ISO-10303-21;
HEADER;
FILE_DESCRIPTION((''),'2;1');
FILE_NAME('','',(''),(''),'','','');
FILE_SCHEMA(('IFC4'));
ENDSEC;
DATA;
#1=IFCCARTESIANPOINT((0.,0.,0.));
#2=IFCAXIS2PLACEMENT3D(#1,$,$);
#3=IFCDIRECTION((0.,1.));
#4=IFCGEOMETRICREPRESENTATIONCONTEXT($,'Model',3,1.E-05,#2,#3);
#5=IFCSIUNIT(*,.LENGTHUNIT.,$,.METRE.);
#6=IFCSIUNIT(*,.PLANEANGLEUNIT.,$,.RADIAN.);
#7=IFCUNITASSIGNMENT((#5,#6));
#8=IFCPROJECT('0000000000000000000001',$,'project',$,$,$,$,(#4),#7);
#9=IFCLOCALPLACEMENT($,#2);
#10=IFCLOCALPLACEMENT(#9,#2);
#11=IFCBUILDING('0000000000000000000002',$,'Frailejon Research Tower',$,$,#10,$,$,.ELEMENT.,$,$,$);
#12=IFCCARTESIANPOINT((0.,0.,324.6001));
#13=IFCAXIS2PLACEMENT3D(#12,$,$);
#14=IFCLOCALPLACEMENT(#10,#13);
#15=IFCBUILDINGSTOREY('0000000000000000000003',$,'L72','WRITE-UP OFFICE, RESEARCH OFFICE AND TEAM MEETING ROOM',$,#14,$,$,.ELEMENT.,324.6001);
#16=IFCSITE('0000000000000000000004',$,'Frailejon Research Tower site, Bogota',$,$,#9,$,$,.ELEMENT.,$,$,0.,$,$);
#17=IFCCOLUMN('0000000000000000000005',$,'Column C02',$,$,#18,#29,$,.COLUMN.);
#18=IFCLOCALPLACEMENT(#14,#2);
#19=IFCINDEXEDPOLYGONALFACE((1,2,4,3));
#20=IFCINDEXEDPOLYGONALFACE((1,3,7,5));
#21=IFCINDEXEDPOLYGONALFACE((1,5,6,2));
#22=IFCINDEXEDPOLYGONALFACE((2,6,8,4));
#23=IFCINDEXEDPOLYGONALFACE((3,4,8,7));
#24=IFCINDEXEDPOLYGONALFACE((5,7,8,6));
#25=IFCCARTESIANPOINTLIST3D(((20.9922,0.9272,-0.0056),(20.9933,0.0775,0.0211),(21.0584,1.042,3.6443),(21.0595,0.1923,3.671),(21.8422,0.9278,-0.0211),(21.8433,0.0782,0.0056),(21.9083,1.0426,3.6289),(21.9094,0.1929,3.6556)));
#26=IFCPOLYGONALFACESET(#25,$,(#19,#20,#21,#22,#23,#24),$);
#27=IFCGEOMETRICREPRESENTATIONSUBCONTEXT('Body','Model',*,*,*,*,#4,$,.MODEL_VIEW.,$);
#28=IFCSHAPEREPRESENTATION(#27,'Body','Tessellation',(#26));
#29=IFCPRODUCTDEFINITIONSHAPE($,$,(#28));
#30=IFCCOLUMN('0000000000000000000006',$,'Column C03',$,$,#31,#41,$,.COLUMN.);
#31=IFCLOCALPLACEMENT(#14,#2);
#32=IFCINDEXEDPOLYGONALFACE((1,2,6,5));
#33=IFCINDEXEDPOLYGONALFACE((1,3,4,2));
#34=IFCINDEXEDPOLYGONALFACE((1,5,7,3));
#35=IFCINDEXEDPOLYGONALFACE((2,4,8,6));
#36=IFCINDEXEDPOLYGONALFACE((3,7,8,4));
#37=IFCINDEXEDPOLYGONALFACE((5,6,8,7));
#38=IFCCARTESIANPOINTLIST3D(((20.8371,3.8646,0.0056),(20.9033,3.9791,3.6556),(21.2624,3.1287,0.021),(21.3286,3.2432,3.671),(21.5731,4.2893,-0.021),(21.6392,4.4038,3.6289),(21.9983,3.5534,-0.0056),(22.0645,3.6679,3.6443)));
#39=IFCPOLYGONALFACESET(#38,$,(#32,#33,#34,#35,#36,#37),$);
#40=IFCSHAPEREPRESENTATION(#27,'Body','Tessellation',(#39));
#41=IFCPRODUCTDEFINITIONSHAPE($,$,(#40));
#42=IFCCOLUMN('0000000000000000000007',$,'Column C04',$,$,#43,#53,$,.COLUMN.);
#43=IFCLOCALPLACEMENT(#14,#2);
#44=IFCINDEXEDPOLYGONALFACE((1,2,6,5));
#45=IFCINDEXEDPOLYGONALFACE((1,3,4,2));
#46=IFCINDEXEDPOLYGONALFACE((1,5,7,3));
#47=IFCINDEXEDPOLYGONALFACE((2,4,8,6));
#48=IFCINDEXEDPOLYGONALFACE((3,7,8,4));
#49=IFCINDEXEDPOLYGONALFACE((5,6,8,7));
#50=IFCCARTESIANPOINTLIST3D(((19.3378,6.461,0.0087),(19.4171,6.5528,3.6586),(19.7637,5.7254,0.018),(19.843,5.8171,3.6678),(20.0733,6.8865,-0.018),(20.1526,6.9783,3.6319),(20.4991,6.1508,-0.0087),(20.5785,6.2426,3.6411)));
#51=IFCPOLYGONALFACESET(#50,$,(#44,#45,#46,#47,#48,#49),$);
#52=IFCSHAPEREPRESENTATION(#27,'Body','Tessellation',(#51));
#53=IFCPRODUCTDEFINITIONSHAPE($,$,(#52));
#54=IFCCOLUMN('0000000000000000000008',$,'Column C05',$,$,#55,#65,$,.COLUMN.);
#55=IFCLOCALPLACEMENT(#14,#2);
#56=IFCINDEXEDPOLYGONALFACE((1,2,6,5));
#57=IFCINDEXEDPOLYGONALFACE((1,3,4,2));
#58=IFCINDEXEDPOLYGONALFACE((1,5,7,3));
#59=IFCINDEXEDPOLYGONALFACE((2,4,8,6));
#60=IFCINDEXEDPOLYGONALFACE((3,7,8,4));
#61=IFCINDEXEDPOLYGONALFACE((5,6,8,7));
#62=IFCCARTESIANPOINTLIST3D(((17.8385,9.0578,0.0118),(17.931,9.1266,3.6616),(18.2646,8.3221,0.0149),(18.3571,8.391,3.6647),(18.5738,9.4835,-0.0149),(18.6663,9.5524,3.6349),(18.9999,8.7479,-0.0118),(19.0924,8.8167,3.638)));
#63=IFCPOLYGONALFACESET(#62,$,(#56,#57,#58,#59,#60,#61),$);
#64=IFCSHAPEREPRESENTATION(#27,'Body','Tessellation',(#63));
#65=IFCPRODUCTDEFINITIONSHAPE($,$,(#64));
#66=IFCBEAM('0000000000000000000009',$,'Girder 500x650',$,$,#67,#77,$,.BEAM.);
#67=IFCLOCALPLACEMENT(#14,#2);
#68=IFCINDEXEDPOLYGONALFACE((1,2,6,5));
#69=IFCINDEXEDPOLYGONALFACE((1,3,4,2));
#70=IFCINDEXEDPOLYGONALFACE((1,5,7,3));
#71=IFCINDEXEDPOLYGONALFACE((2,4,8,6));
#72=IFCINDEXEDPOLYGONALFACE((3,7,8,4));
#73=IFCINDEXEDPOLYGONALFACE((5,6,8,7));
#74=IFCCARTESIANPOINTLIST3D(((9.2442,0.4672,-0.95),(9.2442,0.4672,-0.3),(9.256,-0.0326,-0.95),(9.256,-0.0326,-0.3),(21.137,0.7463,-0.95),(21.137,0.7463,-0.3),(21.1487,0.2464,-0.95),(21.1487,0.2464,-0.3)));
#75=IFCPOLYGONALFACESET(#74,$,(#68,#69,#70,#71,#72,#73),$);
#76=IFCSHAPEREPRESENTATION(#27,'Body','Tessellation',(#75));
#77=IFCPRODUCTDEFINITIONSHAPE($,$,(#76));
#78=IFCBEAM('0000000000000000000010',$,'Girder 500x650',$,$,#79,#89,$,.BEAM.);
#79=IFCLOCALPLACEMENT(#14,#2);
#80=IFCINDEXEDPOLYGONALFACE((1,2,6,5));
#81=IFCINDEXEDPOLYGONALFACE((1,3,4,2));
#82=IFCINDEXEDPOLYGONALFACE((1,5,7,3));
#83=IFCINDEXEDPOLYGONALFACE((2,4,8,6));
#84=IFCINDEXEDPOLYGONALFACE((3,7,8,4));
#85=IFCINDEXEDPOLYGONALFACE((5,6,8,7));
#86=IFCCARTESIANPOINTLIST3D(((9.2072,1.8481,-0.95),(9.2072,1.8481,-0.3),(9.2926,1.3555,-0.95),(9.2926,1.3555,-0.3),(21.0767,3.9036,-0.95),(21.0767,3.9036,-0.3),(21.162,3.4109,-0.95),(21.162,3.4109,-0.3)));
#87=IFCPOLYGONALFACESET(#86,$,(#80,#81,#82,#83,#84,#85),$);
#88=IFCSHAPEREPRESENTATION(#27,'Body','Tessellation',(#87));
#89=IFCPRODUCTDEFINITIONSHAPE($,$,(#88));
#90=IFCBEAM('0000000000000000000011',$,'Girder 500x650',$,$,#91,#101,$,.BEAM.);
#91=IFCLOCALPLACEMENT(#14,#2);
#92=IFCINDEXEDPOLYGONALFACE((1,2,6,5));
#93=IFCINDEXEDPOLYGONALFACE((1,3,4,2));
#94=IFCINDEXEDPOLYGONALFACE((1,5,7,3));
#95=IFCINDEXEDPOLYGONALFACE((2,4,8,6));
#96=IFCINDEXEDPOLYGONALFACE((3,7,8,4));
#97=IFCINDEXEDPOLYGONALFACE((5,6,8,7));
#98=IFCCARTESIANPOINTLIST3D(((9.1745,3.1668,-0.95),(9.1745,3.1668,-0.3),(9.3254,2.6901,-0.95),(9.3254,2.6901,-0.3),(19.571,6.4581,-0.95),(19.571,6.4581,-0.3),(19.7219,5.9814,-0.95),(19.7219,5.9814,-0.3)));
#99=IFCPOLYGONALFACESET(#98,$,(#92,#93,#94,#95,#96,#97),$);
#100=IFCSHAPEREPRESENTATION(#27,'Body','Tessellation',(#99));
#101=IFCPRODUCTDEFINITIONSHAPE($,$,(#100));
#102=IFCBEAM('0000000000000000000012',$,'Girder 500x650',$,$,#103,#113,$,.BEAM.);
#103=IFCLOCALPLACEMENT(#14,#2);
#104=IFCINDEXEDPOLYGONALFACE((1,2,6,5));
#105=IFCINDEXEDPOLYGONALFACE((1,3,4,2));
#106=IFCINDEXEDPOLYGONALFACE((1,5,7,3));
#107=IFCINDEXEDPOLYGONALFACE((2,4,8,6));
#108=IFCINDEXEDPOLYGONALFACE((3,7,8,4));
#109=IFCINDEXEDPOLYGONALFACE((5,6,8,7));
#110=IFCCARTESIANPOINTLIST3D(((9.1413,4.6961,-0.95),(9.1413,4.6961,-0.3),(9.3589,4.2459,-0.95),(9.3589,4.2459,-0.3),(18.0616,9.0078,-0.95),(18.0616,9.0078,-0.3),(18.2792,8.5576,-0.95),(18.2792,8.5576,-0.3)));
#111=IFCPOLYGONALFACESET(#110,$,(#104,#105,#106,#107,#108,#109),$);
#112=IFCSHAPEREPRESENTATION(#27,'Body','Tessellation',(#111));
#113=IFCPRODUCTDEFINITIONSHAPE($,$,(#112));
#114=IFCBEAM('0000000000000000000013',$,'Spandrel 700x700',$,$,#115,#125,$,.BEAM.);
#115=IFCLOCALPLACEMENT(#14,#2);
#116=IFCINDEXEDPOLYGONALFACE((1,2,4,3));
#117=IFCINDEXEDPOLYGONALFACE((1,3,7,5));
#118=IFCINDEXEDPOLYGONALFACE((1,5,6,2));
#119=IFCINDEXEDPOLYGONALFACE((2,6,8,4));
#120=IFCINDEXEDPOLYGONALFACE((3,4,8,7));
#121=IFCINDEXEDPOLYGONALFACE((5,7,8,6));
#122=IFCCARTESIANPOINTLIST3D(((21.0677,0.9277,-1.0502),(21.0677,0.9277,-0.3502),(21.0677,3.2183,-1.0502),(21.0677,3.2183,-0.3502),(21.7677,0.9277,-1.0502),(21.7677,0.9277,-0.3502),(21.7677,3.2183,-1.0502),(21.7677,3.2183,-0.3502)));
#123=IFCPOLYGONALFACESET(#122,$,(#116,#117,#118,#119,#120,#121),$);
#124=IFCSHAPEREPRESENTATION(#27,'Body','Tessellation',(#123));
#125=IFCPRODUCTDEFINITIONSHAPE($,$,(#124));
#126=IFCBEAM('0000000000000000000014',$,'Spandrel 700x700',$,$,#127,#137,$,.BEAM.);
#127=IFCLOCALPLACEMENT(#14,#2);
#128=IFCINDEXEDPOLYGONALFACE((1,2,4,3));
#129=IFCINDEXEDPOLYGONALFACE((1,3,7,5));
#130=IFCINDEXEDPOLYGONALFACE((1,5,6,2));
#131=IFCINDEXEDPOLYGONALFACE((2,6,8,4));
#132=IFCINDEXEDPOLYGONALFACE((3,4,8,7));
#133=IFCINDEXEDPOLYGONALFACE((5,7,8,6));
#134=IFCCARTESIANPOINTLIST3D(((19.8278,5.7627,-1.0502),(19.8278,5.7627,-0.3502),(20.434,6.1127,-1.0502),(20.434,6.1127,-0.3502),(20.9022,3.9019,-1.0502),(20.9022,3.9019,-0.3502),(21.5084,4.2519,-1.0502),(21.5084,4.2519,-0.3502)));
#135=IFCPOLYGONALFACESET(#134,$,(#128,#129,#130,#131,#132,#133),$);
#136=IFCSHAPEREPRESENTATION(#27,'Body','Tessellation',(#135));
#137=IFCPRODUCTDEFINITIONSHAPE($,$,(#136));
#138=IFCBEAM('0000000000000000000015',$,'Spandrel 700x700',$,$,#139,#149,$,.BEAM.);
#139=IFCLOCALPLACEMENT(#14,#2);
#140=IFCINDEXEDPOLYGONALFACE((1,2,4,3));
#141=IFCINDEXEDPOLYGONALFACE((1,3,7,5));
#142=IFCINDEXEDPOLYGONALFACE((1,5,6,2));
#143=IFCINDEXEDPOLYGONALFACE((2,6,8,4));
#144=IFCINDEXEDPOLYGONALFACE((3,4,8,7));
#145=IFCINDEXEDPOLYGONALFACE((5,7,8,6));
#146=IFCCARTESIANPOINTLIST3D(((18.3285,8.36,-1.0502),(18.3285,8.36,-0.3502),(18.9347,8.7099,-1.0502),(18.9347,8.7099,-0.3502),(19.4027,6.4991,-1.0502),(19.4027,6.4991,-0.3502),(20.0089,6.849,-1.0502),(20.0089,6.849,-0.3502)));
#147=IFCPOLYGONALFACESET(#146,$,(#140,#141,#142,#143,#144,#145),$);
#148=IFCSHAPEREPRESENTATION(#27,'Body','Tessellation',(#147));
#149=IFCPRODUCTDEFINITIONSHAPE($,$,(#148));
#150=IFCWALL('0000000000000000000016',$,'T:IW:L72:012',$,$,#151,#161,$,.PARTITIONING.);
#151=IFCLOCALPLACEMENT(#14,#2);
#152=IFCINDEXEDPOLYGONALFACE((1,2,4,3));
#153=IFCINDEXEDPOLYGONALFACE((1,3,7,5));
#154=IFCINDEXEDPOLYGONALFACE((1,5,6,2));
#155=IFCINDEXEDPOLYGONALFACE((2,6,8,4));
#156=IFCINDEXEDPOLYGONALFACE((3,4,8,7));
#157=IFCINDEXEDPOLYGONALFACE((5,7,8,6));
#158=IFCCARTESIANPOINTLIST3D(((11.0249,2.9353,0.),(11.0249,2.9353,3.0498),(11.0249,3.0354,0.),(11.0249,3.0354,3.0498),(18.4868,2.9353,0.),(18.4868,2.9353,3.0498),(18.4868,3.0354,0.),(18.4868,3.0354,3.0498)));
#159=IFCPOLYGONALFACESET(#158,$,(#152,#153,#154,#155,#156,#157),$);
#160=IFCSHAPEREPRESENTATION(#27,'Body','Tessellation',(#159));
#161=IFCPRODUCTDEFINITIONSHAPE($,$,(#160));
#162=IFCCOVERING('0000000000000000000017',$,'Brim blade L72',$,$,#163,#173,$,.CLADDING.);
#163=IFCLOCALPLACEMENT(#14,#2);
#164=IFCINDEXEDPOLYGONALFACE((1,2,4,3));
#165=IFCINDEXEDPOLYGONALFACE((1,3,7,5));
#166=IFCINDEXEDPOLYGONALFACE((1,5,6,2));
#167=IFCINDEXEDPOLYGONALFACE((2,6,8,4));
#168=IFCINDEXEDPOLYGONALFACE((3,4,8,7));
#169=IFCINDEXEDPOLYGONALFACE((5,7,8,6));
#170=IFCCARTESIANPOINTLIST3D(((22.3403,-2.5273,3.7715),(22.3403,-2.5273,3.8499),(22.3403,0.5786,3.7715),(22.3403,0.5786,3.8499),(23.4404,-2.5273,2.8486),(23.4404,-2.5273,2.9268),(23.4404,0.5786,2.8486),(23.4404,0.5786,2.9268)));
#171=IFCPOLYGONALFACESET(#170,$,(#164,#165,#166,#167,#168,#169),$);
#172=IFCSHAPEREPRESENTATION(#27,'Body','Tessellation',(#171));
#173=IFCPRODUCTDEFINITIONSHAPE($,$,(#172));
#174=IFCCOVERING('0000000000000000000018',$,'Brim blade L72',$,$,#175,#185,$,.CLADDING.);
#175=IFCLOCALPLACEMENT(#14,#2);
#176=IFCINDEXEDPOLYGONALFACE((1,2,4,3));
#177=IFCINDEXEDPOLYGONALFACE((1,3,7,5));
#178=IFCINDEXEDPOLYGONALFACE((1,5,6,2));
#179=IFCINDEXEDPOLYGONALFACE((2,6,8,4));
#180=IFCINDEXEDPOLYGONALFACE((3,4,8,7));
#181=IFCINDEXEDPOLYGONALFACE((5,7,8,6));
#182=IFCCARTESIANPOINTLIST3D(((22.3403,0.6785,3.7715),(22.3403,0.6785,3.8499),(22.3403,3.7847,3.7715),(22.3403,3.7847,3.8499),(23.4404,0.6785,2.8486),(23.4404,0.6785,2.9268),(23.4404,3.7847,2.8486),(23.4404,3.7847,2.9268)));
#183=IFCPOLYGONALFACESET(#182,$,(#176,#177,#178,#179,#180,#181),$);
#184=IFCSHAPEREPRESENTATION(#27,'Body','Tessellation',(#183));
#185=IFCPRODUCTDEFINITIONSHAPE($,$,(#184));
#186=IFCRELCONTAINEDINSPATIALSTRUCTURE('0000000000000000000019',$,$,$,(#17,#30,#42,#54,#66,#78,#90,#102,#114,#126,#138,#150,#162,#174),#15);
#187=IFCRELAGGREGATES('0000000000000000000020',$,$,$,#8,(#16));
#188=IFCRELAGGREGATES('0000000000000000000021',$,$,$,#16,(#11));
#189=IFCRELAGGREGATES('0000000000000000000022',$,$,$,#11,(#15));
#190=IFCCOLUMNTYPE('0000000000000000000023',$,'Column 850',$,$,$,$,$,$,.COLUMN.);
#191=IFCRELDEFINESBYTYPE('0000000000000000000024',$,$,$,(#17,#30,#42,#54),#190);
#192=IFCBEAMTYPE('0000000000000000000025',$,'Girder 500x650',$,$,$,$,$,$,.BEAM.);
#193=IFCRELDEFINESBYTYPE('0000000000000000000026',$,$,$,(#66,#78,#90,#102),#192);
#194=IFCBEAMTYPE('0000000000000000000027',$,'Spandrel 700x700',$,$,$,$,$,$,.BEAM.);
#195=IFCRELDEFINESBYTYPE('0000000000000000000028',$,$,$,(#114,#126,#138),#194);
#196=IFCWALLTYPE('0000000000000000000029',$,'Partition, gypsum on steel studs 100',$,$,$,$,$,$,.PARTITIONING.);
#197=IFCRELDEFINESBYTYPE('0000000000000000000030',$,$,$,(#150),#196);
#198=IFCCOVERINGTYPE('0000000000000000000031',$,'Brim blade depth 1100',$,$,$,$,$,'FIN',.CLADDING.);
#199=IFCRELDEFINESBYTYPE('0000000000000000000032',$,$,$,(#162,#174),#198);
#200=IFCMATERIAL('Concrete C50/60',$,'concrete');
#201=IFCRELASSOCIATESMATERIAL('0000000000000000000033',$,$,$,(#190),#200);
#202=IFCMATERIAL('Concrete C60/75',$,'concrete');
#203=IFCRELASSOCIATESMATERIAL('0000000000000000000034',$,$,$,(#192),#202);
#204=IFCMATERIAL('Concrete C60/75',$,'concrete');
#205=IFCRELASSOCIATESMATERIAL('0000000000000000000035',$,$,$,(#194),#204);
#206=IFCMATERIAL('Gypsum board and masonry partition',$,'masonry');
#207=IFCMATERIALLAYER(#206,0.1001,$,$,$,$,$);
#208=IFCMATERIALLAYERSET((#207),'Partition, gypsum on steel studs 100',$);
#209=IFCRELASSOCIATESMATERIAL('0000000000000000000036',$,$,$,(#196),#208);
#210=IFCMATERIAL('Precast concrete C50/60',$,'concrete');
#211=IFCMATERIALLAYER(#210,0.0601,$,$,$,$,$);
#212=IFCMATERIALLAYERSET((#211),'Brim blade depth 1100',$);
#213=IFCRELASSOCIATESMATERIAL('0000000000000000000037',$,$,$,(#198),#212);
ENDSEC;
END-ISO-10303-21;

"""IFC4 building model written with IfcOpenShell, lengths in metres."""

from ifc_helpers import new_model, si_unit, direction, frame, frame_2d, origin, origin_2d, place, context, subcontext, project, spatial, polyline, rectangle, outline, extrude, material, layer, layer_set, material_profile, profile_set, type_object, element, save


model = new_model("IFC4")

# Units and contexts
model_context = context("Model", 3, precision=1e-05, world=origin(), true_north=direction((0.0, 1.0)))
body_context = subcontext(model_context, "Body", "Model", "MODEL_VIEW")
ifc_project = project(units=[si_unit("LENGTHUNIT", "METRE"), si_unit("PLANEANGLEUNIT", "RADIAN")], contexts=[model_context])

# Site, building, storey
site_placement = place(None, origin())
site = spatial("IfcSite", under=ifc_project, at=site_placement, Name="Frailejon Research Tower site, Bogota", CompositionType="ELEMENT", RefElevation=0.0)
building_placement = place(site_placement, origin())
building = spatial("IfcBuilding", under=site, at=building_placement, Name="Frailejon Research Tower", CompositionType="ELEMENT")
storey_placement = place(building_placement, frame((0.0, 0.0, 324.6001)))
storey = spatial("IfcBuildingStorey", under=building, at=storey_placement, Name="L72", Description="WRITE-UP OFFICE, RESEARCH OFFICE AND TEAM MEETING ROOM", CompositionType="ELEMENT", Elevation=324.6001)

# Columns
ifc_material_1 = material(Name="Concrete C50/60", Category="concrete")
ifc_material_profile_1 = material_profile(ifc_material_1, rectangle(XDim=0.8501, YDim=0.8501, at=origin_2d()), Name="Column 850")
ifc_profile_set_1 = profile_set([ifc_material_profile_1], Name="Concrete C50/60")
column_type = type_object("IfcColumnType", Name="Column 850", PredefinedType="COLUMN", material=ifc_profile_set_1)
for number, where, z_axis, x_axis, name in (
    (1, (21.4177, 0.5027, 0.0), (0.018115, 0.031417, 0.999342), (-0.001297, 0.999506, -0.031399), "Column C02"),
    (2, (21.4177, 3.709, 0.0), (0.018115, 0.031351, 0.999344), (-0.500242, 0.865696, -0.01809), "Column C03"),
):
    element("IfcColumn", number, at=place(storey_placement, frame(where, z_axis=z_axis, x_axis=x_axis)), inside=storey, type_object=column_type, Name=name, PredefinedType="COLUMN", context=body_context, shape_type="SweptSolid", body=[
        extrude(rectangle(XDim=0.8501, YDim=0.8501, at=origin_2d()), origin(), (0.0, 0.0, 1.0), 3.6523),
    ])
column_1_placement = place(storey_placement, frame((19.9185, 6.3059, 0.0), z_axis=(0.021727, 0.025137, 0.999448), x_axis=(-0.500981, 0.86539, -0.010874)))
element("IfcColumn", 3, at=column_1_placement, inside=storey, type_object=column_type, Name="Column C04", PredefinedType="COLUMN", context=body_context, shape_type="SweptSolid", body=[
    extrude(rectangle(XDim=0.8501, YDim=0.8501, at=origin_2d()), origin(), (0.0, 0.0, 1.0), 3.6519),
])
column_2_placement = place(storey_placement, frame((18.4192, 8.9028, 0.0), z_axis=(0.025339, 0.018853, 0.999501), x_axis=(-0.501176, 0.865338, -0.003617)))
element("IfcColumn", 4, at=column_2_placement, inside=storey, type_object=column_type, Name="Column C05", PredefinedType="COLUMN", context=body_context, shape_type="SweptSolid", body=[
    extrude(rectangle(XDim=0.8501, YDim=0.8501, at=origin_2d()), origin(), (0.0, 0.0, 1.0), 3.6516),
])

# Beams
ifc_material_2 = material(Name="Concrete C60/75", Category="concrete")
ifc_material_profile_2 = material_profile(ifc_material_2, rectangle(XDim=0.5, YDim=0.6499, at=origin_2d()), Name="Girder 500x650")
ifc_profile_set_2 = profile_set([ifc_material_profile_2], Name="Concrete C60/75")
beam_type_1 = type_object("IfcBeamType", Name="Girder 500x650", PredefinedType="BEAM", material=ifc_profile_set_2)
beam_1_placement = place(storey_placement, frame((21.1428, 0.4963, -0.625), z_axis=(-0.999725, -0.023458, 0.0), x_axis=(0.023458, -0.999725, 0.0)))
element("IfcBeam", 5, at=beam_1_placement, inside=storey, type_object=beam_type_1, Name="Girder 500x650", PredefinedType="BEAM", context=body_context, shape_type="SweptSolid", body=[
    extrude(rectangle(XDim=0.5, YDim=0.6499, at=origin_2d()), origin(), (0.0, 0.0, 1.0), 11.896),
])
beam_2_placement = place(storey_placement, frame((21.1194, 3.6572, -0.625), z_axis=(-0.985335, -0.17063, 0.0), x_axis=(0.17063, -0.985335, 0.0)))
element("IfcBeam", 6, at=beam_2_placement, inside=storey, type_object=beam_type_1, Name="Girder 500x650", PredefinedType="BEAM", context=body_context, shape_type="SweptSolid", body=[
    extrude(rectangle(XDim=0.5, YDim=0.6499, at=origin_2d()), origin(), (0.0, 0.0, 1.0), 12.0461),
])
beam_3_placement = place(storey_placement, frame((19.6465, 6.2197, -0.625), z_axis=(-0.953368, -0.301812, 0.0), x_axis=(0.301812, -0.953368, 0.0)))
element("IfcBeam", 7, at=beam_3_placement, inside=storey, type_object=beam_type_1, Name="Girder 500x650", PredefinedType="BEAM", context=body_context, shape_type="SweptSolid", body=[
    extrude(rectangle(XDim=0.5, YDim=0.6499, at=origin_2d()), origin(), (0.0, 0.0, 1.0), 10.905),
])
beam_4_placement = place(storey_placement, frame((18.1704, 8.7827, -0.625), z_axis=(-0.90034, -0.435188, 0.0), x_axis=(0.435188, -0.90034, 0.0)))
element("IfcBeam", 8, at=beam_4_placement, inside=storey, type_object=beam_type_1, Name="Girder 500x650", PredefinedType="BEAM", context=body_context, shape_type="SweptSolid", body=[
    extrude(rectangle(XDim=0.5, YDim=0.6499, at=origin_2d()), origin(), (0.0, 0.0, 1.0), 9.9077),
])
ifc_material_3 = material(Name="Concrete C60/75", Category="concrete")
ifc_material_profile_3 = material_profile(ifc_material_3, rectangle(XDim=0.7, YDim=0.7, at=origin_2d()), Name="Spandrel 700x700")
ifc_profile_set_3 = profile_set([ifc_material_profile_3], Name="Concrete C60/75")
beam_type_2 = type_object("IfcBeamType", Name="Spandrel 700x700", PredefinedType="BEAM", material=ifc_profile_set_3)
beam_5_placement = place(storey_placement, frame((21.4177, 0.9277, -0.7002), z_axis=(0.0, 1.0, 0.0), x_axis=(-1.0, 0.0, 0.0)))
element("IfcBeam", 9, at=beam_5_placement, inside=storey, type_object=beam_type_2, Name="Spandrel 700x700", PredefinedType="BEAM", context=body_context, shape_type="SweptSolid", body=[
    extrude(rectangle(XDim=0.7, YDim=0.7, at=origin_2d()), origin(), (0.0, 0.0, 1.0), 2.2905),
])
for number, where, z_axis, x_axis, name in (
    (10, (21.2053, 4.0769, -0.7002), (-0.500037, 0.866004, 0.0), (-0.866004, -0.500037, 0.0), "Spandrel 700x700"),
    (11, (19.7058, 6.6741, -0.7002), (-0.499952, 0.866053, 0.0), (-0.866053, -0.499952, 0.0), "Spandrel 700x700"),
):
    element("IfcBeam", number, at=place(storey_placement, frame(where, z_axis=z_axis, x_axis=x_axis)), inside=storey, type_object=beam_type_2, Name=name, PredefinedType="BEAM", context=body_context, shape_type="SweptSolid", body=[
        extrude(rectangle(XDim=0.7, YDim=0.7, at=origin_2d()), origin(), (0.0, 0.0, 1.0), 2.1487),
    ])

# Wall
ifc_material_4 = material(Name="Gypsum board and masonry partition", Category="masonry")
ifc_layer_1 = layer(ifc_material_4, 0.1001)
ifc_layer_set_1 = layer_set([ifc_layer_1], Name="Partition, gypsum on steel studs 100")
wall_type_1 = type_object("IfcWallType", Name="Partition, gypsum on steel studs 100", PredefinedType="PARTITIONING", material=ifc_layer_set_1)
wall_1_placement = place(storey_placement, frame((11.0249, 2.9854, 0.0), z_axis=(0.0, 0.0, 1.0), x_axis=(1.0, 0.0, 0.0)))
element("IfcWall", 12, at=wall_1_placement, inside=storey, type_object=wall_type_1, Name="T:IW:L72:012", PredefinedType="PARTITIONING", context=body_context, shape_type="SweptSolid", body=[
    extrude(rectangle(XDim=7.4619, YDim=0.1001, at=frame_2d((3.731, 0.0))), origin(), (0.0, 0.0, 1.0), 3.0498),
])

# Coverings
ifc_material_5 = material(Name="Precast concrete C50/60", Category="concrete")
ifc_layer_2 = layer(ifc_material_5, 0.0601)
ifc_layer_set_2 = layer_set([ifc_layer_2], Name="Brim blade depth 1100")
covering_type = type_object("IfcCoveringType", Name="Brim blade depth 1100", ElementType="FIN", PredefinedType="CLADDING", material=ifc_layer_set_2)
covering_1_placement = place(storey_placement, frame((22.3403, 0.5786, 3.8499), z_axis=(0.0, -1.0, 0.0), x_axis=(1.0, 0.0, 0.0)))
element("IfcCovering", 13, at=covering_1_placement, inside=storey, type_object=covering_type, Name="Brim blade L72", PredefinedType="CLADDING", context=body_context, shape_type="SweptSolid", body=[
    extrude(outline(polyline([(0.0, -0.0784), (1.1001, -1.0012), (1.1001, -0.9231), (0.0, 0.0), (0.0, -0.0784)])), origin(), (0.0, 0.0, 1.0), 3.106),
])
covering_2_placement = place(storey_placement, frame((22.3403, 3.7847, 3.8499), z_axis=(0.0, -1.0, 0.0), x_axis=(1.0, 0.0, 0.0)))
element("IfcCovering", 14, at=covering_2_placement, inside=storey, type_object=covering_type, Name="Brim blade L72", PredefinedType="CLADDING", context=body_context, shape_type="SweptSolid", body=[
    extrude(outline(polyline([(0.0, -0.0784), (1.1001, -1.0012), (1.1001, -0.9231), (0.0, 0.0), (0.0, -0.0784)])), origin(), (0.0, 0.0, 1.0), 3.1062),
])

save(model, "model.ifc")
